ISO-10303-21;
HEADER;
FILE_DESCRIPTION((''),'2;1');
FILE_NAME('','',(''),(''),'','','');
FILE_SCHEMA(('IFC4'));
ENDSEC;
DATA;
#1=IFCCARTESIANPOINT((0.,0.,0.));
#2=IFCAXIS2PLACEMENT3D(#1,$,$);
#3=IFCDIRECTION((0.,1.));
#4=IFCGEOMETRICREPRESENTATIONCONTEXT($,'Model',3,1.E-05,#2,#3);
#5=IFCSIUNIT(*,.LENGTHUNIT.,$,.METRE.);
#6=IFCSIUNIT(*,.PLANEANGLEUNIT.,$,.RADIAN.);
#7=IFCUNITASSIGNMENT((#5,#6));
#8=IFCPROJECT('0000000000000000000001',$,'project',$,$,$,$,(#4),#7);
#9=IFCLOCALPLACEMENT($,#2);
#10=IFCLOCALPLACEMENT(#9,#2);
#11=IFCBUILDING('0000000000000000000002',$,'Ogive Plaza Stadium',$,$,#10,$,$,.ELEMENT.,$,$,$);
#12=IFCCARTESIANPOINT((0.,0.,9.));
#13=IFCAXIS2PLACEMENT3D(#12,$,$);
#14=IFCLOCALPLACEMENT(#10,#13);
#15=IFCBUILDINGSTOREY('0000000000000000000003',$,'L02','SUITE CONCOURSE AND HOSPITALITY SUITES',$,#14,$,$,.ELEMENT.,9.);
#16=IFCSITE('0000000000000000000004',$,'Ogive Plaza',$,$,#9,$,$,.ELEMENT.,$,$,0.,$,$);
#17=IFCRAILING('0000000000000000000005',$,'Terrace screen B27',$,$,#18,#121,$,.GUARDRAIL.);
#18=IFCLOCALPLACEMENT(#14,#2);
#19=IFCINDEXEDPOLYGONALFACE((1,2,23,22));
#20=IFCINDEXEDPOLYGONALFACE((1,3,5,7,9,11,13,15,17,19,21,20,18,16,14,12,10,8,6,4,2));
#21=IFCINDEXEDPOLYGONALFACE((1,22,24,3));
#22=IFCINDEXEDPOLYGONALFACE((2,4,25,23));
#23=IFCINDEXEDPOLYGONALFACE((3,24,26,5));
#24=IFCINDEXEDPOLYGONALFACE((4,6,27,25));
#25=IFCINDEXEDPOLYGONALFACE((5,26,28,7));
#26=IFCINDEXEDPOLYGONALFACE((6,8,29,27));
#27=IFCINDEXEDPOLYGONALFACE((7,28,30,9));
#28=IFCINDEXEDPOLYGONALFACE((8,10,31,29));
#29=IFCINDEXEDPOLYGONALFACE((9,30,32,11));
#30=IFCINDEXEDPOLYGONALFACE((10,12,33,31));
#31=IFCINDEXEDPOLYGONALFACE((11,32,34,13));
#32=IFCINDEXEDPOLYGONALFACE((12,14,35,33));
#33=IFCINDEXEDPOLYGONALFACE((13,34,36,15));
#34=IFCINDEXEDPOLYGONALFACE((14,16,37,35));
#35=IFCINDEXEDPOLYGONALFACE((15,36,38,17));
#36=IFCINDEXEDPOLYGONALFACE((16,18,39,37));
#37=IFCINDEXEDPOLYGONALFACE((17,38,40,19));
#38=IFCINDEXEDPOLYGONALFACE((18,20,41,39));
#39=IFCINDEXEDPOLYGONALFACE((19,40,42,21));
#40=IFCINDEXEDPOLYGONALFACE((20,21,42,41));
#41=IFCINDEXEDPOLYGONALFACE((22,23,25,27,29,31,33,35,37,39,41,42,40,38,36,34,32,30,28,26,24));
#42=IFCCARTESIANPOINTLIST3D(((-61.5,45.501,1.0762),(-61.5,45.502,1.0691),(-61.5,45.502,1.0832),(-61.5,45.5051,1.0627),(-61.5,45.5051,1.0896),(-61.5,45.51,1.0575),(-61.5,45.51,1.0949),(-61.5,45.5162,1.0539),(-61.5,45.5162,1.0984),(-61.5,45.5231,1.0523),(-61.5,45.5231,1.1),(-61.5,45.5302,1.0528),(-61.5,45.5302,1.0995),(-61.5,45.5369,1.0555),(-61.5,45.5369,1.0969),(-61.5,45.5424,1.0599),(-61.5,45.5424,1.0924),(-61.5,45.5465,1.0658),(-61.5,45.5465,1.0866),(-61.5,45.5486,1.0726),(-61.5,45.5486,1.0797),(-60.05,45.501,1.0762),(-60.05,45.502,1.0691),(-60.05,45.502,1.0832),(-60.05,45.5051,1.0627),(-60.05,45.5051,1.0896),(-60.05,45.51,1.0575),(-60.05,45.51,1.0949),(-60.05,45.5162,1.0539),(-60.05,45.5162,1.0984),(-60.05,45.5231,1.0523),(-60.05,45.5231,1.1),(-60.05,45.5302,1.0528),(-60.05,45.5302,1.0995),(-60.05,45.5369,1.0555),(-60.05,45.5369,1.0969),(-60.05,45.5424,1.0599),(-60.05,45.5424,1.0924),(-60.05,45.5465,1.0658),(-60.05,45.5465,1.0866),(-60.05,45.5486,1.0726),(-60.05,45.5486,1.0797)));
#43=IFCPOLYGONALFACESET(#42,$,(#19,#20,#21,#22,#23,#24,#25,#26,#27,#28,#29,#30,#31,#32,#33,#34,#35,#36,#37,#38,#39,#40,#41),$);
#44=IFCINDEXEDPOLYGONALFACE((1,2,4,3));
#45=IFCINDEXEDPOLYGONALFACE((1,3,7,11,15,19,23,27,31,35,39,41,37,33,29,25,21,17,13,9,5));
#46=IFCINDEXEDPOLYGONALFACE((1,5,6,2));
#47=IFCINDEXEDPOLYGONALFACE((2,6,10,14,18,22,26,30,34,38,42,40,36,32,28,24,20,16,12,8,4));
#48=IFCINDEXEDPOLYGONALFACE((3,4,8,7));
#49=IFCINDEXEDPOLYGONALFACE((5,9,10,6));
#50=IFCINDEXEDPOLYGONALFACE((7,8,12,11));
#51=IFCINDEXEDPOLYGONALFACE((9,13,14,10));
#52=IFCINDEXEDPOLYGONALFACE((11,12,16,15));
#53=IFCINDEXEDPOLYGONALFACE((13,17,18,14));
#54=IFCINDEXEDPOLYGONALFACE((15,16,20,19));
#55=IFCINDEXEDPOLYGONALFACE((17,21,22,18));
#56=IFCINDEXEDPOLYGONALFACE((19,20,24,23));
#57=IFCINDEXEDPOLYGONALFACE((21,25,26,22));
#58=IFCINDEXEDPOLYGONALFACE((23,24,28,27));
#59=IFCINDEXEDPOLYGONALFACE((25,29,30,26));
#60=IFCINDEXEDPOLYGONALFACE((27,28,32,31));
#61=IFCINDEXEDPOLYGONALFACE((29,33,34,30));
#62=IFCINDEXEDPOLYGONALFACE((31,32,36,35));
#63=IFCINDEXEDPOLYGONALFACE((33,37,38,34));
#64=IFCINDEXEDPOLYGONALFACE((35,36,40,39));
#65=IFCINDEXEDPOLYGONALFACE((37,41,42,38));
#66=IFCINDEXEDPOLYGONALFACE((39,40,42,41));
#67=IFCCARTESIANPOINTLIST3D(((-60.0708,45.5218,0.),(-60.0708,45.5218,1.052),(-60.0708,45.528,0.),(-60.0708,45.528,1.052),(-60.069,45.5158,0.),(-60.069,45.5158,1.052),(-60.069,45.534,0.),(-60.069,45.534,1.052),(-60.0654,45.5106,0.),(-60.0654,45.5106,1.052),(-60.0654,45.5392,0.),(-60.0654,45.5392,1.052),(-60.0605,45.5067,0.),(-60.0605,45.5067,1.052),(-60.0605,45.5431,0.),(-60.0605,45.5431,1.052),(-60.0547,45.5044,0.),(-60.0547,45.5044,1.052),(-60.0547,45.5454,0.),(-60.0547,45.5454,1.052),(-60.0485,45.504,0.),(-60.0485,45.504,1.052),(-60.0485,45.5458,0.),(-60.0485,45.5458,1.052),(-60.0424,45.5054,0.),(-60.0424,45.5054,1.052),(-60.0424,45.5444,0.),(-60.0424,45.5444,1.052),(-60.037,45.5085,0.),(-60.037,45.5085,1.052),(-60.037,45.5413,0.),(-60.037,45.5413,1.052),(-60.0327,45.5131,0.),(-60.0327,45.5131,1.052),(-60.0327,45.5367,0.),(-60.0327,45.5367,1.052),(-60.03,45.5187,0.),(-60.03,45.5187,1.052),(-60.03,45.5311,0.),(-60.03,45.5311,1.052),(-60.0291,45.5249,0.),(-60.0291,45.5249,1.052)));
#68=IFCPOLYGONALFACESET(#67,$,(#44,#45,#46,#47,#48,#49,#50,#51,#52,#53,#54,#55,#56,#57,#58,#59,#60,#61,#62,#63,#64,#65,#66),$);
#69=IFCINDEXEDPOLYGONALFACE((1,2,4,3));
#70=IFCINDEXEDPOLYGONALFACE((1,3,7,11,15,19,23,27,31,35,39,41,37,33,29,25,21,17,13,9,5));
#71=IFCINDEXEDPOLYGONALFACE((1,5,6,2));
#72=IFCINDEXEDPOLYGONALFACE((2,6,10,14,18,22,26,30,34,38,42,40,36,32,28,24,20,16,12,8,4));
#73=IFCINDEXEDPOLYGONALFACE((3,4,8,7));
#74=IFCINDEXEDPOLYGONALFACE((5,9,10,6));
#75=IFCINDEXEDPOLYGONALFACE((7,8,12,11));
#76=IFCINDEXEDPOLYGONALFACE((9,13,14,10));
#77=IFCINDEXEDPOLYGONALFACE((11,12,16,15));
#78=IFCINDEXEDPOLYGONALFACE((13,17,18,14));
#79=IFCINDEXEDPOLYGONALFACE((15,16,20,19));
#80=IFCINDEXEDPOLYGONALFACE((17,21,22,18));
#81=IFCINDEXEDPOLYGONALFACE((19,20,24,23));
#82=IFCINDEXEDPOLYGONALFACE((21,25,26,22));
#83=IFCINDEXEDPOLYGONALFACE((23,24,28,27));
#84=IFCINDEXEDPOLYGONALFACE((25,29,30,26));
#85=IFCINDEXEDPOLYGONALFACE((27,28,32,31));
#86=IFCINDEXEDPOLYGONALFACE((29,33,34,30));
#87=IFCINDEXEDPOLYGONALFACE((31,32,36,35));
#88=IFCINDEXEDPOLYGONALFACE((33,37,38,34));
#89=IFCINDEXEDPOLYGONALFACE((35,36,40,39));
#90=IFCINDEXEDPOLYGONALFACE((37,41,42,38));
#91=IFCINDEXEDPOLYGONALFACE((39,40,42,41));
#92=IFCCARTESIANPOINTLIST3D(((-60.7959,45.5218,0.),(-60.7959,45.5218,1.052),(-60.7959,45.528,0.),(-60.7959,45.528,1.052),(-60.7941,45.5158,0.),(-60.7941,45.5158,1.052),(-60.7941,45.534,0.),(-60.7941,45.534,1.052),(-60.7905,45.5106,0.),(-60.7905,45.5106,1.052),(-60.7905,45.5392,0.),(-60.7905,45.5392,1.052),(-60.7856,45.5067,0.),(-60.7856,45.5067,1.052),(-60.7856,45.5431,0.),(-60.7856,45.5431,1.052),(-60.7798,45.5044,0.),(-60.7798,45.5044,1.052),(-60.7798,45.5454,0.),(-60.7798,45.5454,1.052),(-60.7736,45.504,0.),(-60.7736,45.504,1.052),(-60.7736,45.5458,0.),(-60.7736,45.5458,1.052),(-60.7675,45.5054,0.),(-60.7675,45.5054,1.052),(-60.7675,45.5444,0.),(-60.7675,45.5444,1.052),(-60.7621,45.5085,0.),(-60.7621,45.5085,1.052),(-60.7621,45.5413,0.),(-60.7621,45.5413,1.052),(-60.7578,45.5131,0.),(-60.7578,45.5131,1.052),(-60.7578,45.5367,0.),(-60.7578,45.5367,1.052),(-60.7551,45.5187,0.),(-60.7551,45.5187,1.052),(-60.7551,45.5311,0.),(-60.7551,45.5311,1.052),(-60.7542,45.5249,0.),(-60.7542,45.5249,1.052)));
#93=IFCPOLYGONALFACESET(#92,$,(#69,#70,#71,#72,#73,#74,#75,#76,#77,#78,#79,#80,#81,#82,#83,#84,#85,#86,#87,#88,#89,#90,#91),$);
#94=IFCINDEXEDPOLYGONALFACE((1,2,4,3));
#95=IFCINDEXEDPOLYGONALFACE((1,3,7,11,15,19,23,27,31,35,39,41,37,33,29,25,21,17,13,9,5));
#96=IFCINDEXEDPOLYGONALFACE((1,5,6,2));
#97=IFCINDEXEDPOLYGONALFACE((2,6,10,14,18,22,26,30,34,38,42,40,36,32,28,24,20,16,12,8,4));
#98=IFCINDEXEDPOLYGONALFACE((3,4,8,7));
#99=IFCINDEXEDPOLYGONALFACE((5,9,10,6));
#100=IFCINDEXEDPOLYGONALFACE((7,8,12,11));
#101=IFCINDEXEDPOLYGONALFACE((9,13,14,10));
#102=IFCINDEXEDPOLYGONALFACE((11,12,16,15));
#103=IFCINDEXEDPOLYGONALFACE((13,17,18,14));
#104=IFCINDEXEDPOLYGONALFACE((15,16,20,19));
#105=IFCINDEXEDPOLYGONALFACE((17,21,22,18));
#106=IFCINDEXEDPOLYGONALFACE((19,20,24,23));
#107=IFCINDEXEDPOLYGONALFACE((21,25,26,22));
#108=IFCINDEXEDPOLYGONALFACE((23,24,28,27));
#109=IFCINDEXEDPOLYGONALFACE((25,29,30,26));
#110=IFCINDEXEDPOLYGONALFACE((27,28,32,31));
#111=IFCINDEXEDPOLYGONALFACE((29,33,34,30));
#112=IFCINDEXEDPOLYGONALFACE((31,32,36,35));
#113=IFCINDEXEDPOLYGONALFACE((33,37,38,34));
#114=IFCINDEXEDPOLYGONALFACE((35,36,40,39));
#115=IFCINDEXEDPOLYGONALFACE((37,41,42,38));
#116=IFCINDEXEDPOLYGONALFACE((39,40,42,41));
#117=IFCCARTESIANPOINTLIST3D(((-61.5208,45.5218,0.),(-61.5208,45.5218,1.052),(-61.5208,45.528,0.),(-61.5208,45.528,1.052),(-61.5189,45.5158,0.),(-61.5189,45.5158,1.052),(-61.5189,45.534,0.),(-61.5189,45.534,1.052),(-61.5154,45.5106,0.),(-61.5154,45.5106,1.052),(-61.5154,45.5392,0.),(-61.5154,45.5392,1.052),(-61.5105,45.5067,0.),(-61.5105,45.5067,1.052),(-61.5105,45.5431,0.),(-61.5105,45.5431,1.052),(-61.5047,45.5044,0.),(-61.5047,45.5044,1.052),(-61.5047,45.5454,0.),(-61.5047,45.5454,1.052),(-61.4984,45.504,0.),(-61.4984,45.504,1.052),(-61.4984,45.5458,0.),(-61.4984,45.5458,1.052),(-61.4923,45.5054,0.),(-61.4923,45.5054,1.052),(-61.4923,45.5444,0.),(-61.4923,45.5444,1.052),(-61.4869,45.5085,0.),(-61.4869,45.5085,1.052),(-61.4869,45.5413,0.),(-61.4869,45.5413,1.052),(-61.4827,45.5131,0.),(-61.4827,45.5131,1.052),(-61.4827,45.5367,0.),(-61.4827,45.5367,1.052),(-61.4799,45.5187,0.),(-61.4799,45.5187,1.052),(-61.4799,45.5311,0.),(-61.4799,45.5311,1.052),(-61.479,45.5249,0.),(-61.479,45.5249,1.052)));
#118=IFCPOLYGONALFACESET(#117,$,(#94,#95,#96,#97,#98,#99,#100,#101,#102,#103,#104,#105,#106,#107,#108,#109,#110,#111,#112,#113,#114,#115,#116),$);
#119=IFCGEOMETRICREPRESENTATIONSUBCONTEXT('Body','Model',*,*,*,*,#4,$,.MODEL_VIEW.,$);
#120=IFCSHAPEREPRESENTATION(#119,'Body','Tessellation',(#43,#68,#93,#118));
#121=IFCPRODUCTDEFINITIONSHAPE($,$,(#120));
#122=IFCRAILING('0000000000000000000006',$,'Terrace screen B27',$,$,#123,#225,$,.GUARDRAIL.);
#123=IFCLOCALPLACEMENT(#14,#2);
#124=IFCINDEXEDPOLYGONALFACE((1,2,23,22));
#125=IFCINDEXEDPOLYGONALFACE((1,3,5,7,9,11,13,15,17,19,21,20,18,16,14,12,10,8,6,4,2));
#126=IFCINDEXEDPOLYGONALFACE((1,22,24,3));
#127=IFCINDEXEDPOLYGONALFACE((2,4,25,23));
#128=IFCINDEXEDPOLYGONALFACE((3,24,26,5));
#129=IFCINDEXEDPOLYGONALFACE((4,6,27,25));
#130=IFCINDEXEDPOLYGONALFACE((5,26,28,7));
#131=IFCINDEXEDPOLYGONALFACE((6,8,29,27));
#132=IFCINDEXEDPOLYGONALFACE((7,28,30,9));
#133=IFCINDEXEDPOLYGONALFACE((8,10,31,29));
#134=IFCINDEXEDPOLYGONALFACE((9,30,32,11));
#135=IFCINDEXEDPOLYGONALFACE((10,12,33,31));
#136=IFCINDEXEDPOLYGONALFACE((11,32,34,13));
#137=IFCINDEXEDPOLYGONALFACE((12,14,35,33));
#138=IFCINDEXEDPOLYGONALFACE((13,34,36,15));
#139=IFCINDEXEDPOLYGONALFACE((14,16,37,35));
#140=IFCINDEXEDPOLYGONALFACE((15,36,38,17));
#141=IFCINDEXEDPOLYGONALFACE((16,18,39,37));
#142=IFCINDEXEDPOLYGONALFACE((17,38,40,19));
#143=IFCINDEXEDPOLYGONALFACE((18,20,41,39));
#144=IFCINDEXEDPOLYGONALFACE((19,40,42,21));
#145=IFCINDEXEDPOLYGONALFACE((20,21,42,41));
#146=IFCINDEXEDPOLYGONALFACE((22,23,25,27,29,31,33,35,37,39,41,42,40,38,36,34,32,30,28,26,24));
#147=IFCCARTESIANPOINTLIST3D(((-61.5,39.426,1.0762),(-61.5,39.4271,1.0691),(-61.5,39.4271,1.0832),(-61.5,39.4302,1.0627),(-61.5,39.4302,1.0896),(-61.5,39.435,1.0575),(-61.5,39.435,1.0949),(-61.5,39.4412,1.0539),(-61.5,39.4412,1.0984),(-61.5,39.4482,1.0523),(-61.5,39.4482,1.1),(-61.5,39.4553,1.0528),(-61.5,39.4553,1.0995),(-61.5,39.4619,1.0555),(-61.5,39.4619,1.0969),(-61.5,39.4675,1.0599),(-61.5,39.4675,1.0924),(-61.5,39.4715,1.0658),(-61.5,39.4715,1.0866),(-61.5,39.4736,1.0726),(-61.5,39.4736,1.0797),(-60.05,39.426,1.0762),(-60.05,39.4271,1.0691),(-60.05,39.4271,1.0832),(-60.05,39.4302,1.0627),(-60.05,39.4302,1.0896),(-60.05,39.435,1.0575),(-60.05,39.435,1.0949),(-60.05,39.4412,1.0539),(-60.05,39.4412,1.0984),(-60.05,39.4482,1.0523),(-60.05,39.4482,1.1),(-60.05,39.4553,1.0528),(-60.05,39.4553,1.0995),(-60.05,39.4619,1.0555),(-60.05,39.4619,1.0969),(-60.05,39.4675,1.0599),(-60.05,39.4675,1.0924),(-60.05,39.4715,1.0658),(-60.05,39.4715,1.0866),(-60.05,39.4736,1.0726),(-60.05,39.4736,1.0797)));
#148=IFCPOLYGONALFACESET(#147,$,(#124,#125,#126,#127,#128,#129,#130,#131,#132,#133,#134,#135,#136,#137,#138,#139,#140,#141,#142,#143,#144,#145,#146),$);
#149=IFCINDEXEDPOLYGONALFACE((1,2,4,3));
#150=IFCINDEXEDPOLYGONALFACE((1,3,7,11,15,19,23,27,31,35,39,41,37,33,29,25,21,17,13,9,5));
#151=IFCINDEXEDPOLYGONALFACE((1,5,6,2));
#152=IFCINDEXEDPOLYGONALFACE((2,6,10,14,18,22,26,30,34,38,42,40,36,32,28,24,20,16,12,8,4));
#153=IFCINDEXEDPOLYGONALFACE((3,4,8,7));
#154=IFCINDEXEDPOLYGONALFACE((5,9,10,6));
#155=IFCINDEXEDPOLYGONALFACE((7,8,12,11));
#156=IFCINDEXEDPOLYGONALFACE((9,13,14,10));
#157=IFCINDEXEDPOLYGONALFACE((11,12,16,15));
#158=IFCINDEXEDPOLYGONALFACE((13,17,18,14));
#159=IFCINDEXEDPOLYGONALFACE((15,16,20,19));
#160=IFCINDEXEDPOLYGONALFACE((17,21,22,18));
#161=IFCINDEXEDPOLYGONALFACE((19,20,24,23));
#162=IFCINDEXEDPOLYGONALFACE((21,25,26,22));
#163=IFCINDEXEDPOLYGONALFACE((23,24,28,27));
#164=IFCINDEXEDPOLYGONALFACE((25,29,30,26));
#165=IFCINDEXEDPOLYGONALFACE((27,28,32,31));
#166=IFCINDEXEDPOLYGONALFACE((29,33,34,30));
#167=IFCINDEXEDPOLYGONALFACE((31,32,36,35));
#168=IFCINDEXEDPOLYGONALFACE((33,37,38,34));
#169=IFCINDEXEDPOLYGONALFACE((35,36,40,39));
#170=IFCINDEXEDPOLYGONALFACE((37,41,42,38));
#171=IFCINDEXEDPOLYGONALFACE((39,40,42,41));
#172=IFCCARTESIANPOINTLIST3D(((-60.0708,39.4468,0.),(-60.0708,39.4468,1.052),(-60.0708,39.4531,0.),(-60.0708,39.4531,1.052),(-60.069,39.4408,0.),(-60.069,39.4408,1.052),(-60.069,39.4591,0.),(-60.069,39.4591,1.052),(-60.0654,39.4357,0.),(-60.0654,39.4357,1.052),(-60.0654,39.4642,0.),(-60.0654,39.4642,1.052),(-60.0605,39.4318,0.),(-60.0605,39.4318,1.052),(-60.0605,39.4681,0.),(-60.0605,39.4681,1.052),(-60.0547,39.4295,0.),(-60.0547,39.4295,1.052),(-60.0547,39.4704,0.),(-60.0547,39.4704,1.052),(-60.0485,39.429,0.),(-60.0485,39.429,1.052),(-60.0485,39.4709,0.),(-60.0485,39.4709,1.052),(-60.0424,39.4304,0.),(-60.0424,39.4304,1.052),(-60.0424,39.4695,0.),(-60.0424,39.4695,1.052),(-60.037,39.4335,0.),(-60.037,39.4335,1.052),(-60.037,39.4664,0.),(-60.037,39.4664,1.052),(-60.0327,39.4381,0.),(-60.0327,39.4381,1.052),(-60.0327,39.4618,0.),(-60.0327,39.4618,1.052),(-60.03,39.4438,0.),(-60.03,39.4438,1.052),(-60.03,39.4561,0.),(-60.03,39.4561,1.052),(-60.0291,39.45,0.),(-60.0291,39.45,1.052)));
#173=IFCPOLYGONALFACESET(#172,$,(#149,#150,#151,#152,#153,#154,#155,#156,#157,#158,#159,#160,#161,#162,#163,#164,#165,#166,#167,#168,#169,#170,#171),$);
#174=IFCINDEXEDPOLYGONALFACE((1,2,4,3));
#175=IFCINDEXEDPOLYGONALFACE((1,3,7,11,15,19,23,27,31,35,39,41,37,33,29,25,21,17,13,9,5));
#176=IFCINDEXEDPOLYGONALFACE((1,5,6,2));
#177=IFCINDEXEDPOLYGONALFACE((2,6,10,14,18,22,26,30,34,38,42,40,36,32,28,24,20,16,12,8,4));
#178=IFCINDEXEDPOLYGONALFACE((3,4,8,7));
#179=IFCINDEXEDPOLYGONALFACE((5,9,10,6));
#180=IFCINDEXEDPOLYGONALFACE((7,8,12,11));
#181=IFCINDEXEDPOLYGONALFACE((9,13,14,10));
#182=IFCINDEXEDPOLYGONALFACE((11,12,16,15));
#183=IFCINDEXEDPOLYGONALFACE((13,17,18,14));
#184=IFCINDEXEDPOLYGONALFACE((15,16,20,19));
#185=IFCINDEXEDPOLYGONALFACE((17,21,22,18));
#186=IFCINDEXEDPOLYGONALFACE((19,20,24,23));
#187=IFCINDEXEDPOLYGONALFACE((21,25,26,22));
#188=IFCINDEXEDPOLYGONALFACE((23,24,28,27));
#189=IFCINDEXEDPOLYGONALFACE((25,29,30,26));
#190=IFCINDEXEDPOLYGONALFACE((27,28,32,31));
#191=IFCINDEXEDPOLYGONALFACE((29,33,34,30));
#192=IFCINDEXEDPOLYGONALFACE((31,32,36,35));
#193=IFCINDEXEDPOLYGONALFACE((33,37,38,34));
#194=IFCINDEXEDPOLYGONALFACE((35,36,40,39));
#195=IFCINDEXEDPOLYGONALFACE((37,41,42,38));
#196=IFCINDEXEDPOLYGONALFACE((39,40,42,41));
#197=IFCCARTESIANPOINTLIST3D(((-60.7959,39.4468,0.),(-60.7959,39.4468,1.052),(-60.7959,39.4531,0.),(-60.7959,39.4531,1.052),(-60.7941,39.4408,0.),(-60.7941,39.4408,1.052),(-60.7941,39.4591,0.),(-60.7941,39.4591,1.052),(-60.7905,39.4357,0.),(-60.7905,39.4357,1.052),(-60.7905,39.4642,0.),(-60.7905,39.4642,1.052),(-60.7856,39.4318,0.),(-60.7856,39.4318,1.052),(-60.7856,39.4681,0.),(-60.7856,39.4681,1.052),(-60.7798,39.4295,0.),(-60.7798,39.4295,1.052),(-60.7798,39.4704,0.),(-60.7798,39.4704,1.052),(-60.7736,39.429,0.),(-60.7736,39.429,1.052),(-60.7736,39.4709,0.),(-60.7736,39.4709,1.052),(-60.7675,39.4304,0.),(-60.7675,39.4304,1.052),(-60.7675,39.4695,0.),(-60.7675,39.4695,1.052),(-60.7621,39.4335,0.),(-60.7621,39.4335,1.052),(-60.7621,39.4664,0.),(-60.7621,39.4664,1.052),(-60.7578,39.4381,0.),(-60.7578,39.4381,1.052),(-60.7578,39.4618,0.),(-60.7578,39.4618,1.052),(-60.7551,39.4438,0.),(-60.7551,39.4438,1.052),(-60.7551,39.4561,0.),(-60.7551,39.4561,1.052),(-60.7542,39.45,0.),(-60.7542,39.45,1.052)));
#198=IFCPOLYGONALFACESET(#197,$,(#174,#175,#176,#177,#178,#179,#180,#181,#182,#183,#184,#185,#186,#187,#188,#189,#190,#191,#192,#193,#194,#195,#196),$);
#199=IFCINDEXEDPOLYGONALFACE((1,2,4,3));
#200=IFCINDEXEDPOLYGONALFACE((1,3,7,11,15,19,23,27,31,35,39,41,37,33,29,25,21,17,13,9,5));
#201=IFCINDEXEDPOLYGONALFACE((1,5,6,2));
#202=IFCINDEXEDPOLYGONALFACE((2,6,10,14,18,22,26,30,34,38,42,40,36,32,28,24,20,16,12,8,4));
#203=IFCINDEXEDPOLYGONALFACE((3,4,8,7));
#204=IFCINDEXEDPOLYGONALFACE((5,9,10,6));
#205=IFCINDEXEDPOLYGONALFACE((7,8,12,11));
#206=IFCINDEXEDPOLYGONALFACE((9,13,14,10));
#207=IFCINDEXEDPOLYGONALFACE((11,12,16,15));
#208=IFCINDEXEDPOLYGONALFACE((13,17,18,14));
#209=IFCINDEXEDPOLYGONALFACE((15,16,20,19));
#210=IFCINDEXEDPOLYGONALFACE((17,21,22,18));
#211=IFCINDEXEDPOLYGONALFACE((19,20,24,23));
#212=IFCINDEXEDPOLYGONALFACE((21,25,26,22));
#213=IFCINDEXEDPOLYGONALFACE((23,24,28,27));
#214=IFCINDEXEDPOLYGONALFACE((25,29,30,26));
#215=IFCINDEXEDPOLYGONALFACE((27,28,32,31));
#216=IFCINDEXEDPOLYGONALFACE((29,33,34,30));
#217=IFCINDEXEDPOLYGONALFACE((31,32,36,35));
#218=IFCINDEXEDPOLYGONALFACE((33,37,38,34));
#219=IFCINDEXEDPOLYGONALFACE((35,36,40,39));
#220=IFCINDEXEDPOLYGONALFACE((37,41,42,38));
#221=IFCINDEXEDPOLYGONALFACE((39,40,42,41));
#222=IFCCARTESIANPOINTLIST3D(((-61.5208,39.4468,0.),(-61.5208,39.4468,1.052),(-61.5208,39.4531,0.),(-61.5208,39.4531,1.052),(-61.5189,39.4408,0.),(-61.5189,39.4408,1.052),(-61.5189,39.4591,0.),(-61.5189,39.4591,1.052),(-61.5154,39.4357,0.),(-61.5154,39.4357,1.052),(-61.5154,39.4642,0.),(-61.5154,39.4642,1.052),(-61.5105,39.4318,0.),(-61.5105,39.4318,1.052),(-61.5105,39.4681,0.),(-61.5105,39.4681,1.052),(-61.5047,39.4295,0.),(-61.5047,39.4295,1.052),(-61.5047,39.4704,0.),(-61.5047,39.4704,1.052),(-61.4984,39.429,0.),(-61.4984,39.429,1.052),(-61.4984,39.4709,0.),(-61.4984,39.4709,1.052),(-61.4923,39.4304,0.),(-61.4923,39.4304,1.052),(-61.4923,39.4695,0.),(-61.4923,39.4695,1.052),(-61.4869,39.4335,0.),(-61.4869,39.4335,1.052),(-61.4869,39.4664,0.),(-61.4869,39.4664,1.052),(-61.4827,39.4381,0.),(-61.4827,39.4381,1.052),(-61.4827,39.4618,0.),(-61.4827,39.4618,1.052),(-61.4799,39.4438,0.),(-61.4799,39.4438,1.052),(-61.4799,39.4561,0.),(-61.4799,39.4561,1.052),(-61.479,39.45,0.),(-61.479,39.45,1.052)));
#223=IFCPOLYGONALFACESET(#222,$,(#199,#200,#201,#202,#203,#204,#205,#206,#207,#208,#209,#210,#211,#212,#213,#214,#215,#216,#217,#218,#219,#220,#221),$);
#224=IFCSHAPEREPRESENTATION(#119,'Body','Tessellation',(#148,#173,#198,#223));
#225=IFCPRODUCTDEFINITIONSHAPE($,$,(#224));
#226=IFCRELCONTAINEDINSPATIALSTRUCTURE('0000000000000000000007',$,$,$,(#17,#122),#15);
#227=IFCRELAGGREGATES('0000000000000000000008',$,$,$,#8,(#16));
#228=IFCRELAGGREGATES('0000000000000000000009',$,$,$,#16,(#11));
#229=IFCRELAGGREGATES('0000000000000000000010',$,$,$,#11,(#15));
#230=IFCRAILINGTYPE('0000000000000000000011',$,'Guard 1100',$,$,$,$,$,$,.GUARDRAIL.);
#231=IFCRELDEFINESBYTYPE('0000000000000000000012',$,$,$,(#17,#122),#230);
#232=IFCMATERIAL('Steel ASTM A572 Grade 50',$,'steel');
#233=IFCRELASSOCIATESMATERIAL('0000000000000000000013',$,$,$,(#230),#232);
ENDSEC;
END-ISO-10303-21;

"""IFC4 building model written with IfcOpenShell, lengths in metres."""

from ifc_helpers import new_model, si_unit, direction, frame, origin, origin_2d, place, context, subcontext, project, spatial, circle, extrude, material, type_object, element, save


model = new_model("IFC4")

# Units and contexts
model_context = context("Model", 3, precision=1e-05, world=origin(), true_north=direction((0.0, 1.0)))
body_context = subcontext(model_context, "Body", "Model", "MODEL_VIEW")
ifc_project = project(units=[si_unit("LENGTHUNIT", "METRE"), si_unit("PLANEANGLEUNIT", "RADIAN")], contexts=[model_context])

# Site, building, storey
site_placement = place(None, origin())
site = spatial("IfcSite", under=ifc_project, at=site_placement, Name="Ogive Plaza", CompositionType="ELEMENT", RefElevation=0.0)
building_placement = place(site_placement, origin())
building = spatial("IfcBuilding", under=site, at=building_placement, Name="Ogive Plaza Stadium", CompositionType="ELEMENT")
storey_placement = place(building_placement, frame((0.0, 0.0, 9.0)))
storey = spatial("IfcBuildingStorey", under=building, at=storey_placement, Name="L02", Description="SUITE CONCOURSE AND HOSPITALITY SUITES", CompositionType="ELEMENT", Elevation=9.0)

# Railings
ifc_material_1 = material(Name="Steel ASTM A572 Grade 50", Category="steel")
railing_type = type_object("IfcRailingType", Name="Guard 1100", PredefinedType="GUARDRAIL", material=ifc_material_1)
for number, where, name in (
    (1, (-60.05, 45.5249, 0.0), "Terrace screen B27"),
    (2, (-60.05, 39.45, 0.0), "Terrace screen B27"),
):
    element("IfcRailing", number, at=place(storey_placement, frame(where)), inside=storey, type_object=railing_type, Name=name, PredefinedType="GUARDRAIL", context=body_context, shape_type="SweptSolid", body=[
        extrude(circle(Radius=0.0239, at=origin_2d()), frame((0.0, 0.0, 1.0762), z_axis=(-1.0, 0.0, 0.0), x_axis=(0.0, -1.0, 0.0)), (0.0, 0.0, 1.0), 1.45),
        extrude(circle(Radius=0.021, at=origin_2d()), origin(), (0.0, 0.0, 1.0), 1.052),
        extrude(circle(Radius=0.021, at=origin_2d()), frame((-0.7251, 0.0, 0.0)), (0.0, 0.0, 1.0), 1.052),
        extrude(circle(Radius=0.021, at=origin_2d()), frame((-1.45, 0.0, 0.0)), (0.0, 0.0, 1.0), 1.052),
    ])

save(model, "model.ifc")
